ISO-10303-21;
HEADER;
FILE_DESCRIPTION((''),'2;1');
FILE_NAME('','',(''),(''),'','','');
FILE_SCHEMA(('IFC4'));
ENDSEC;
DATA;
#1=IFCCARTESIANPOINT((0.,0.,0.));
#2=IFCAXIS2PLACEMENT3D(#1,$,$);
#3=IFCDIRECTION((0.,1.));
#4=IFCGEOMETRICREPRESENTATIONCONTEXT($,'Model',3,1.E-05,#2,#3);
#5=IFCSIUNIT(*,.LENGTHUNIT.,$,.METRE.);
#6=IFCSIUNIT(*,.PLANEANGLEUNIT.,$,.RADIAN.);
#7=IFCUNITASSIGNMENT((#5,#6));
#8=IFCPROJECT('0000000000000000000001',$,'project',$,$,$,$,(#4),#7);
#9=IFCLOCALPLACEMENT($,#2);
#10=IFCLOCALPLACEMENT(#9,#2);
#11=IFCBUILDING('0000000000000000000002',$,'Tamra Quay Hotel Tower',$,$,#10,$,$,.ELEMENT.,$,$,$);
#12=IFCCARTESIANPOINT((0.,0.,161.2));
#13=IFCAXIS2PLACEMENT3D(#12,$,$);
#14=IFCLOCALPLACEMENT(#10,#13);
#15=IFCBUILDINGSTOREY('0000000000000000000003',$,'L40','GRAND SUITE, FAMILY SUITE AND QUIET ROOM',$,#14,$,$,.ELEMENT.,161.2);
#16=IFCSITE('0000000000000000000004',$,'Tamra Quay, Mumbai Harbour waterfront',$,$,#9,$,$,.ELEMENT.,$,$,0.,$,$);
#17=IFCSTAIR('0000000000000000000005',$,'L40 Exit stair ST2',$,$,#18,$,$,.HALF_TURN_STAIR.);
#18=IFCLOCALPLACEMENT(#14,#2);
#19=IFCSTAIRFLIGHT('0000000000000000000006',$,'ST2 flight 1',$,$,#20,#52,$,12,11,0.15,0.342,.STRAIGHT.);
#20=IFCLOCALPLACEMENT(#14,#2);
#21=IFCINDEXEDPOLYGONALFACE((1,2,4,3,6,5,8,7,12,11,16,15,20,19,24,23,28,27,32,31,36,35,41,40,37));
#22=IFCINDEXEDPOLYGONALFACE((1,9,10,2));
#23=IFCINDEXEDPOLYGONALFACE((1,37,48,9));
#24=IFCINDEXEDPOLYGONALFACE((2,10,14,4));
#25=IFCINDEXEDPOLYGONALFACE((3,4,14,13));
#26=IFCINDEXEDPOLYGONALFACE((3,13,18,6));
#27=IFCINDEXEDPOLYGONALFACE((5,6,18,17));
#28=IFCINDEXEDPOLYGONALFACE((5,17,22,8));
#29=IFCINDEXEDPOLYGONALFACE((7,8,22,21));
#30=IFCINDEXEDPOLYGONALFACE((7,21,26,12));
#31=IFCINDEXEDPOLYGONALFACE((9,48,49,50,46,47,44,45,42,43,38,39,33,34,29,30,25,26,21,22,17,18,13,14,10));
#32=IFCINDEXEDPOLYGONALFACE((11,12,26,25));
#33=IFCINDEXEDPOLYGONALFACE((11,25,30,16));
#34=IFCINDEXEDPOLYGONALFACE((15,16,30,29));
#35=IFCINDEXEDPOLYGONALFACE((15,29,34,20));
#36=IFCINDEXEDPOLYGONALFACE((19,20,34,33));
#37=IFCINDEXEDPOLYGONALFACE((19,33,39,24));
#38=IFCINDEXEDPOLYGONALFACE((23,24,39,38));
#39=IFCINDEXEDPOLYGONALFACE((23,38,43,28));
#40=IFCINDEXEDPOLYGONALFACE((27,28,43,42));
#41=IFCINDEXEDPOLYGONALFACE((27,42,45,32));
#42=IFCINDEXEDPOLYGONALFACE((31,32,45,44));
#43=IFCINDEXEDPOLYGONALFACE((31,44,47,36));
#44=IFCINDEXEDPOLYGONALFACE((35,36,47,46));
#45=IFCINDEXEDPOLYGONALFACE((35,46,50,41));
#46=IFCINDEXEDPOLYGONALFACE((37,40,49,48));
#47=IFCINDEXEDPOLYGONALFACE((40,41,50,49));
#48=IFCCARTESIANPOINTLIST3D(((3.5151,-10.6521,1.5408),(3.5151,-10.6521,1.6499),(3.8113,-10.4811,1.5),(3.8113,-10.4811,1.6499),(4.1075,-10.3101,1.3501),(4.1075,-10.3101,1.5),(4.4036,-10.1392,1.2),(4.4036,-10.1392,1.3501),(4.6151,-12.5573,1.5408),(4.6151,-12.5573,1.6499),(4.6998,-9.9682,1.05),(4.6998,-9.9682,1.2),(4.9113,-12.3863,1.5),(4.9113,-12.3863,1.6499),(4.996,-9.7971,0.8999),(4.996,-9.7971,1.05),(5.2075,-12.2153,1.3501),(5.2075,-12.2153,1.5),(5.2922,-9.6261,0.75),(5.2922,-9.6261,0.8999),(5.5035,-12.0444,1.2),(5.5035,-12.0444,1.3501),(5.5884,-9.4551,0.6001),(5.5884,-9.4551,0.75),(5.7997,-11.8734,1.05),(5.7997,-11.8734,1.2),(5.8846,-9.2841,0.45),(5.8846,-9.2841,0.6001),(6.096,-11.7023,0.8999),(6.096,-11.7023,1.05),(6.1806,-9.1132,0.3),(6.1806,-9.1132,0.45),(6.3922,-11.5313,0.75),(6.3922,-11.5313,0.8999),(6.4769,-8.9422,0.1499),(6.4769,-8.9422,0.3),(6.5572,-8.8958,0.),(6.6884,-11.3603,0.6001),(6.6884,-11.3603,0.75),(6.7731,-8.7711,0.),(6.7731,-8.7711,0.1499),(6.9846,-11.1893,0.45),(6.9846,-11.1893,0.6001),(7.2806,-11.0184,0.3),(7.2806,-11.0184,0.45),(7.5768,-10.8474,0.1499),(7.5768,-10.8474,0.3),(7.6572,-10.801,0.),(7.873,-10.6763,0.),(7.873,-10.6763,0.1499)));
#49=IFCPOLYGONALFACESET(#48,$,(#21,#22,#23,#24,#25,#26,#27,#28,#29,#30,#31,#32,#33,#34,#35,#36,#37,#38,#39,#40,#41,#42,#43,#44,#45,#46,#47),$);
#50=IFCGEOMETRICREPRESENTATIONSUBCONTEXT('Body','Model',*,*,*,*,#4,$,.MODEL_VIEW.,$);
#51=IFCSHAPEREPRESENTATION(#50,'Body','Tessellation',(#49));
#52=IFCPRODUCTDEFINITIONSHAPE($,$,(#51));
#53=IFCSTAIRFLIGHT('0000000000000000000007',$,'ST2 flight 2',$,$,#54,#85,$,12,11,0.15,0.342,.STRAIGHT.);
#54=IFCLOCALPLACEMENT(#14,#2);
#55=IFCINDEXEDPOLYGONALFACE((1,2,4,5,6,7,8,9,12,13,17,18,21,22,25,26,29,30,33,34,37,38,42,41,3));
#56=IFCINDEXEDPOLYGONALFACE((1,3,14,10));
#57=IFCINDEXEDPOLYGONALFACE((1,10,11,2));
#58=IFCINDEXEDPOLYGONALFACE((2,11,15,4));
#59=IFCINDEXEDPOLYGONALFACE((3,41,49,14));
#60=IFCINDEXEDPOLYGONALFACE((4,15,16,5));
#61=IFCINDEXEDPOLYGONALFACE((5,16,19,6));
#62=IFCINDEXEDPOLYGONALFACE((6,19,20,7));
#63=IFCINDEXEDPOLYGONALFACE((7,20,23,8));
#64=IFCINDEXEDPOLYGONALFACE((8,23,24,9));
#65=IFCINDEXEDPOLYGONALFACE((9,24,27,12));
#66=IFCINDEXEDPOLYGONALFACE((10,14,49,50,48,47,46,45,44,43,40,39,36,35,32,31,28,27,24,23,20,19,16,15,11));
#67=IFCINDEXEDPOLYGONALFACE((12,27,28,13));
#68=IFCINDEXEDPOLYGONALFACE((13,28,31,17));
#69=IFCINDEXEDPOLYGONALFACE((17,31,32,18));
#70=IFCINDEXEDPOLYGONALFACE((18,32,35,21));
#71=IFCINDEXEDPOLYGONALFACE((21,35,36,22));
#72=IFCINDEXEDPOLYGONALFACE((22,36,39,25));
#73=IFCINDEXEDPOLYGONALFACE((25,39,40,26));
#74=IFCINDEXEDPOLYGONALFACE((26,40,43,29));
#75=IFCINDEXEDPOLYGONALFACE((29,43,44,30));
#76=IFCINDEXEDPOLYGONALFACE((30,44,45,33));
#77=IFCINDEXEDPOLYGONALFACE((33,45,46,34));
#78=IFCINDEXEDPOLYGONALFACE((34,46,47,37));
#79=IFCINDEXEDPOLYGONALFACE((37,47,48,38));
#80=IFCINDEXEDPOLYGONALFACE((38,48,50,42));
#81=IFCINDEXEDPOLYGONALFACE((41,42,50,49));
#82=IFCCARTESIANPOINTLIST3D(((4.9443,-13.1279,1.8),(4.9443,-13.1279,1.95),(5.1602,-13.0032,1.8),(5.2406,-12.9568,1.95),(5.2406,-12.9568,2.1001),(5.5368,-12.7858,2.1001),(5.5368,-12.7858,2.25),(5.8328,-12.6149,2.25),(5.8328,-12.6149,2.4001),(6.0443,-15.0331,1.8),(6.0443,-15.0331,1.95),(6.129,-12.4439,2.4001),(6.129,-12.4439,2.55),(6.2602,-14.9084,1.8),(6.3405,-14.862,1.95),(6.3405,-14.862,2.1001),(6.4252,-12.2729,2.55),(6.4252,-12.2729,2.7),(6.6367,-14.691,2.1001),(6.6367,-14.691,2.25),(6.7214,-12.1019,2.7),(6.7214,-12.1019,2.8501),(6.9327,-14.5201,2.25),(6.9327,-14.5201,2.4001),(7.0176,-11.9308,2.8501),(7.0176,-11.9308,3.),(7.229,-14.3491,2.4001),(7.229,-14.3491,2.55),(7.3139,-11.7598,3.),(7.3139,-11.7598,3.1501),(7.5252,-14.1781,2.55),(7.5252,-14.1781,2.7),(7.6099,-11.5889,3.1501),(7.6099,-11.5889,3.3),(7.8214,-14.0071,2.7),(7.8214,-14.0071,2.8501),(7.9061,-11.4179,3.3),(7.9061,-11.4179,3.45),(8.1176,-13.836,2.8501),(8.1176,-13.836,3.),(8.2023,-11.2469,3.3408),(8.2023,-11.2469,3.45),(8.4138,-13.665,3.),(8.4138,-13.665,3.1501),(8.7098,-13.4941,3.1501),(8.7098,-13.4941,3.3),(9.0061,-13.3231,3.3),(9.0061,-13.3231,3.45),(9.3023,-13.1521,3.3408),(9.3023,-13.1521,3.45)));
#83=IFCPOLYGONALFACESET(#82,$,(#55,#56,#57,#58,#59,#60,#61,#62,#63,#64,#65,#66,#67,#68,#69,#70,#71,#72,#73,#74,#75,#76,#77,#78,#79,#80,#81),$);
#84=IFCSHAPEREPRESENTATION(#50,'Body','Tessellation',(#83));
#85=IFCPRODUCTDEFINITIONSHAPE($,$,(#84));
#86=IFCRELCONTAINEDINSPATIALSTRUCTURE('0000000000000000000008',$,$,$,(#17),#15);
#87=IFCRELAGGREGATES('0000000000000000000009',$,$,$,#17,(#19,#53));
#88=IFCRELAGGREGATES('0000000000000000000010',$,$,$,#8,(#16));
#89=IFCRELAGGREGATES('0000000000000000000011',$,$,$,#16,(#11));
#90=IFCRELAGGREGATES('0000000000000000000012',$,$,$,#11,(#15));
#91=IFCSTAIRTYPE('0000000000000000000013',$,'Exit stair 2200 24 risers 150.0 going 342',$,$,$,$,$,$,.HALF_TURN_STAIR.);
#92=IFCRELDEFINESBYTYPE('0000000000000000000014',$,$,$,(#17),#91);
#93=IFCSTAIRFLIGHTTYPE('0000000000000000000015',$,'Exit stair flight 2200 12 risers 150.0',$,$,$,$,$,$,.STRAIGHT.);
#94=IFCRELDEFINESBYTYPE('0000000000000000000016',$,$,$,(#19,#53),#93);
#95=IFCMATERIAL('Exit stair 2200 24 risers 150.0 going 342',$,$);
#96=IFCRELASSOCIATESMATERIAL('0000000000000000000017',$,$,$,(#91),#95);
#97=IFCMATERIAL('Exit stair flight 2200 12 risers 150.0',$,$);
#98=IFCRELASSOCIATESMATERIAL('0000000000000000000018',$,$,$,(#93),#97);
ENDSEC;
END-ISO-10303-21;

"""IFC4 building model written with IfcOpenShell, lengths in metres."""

from ifc_helpers import new_model, si_unit, direction, frame, origin, place, context, subcontext, project, spatial, polyline, outline, extrude, material, type_object, element, aggregate, save


model = new_model("IFC4")

# Units and contexts
model_context = context("Model", 3, precision=1e-05, world=origin(), true_north=direction((0.0, 1.0)))
body_context = subcontext(model_context, "Body", "Model", "MODEL_VIEW")
ifc_project = project(units=[si_unit("LENGTHUNIT", "METRE"), si_unit("PLANEANGLEUNIT", "RADIAN")], contexts=[model_context])

# Site, building, storey
site_placement = place(None, origin())
site = spatial("IfcSite", under=ifc_project, at=site_placement, Name="Tamra Quay, Mumbai Harbour waterfront", CompositionType="ELEMENT", RefElevation=0.0)
building_placement = place(site_placement, origin())
building = spatial("IfcBuilding", under=site, at=building_placement, Name="Tamra Quay Hotel Tower", CompositionType="ELEMENT")
storey_placement = place(building_placement, frame((0.0, 0.0, 161.2)))
storey = spatial("IfcBuildingStorey", under=building, at=storey_placement, Name="L40", Description="GRAND SUITE, FAMILY SUITE AND QUIET ROOM", CompositionType="ELEMENT", Elevation=161.2)

# Stair, stair flights
ifc_material_1 = material(Name="Exit stair 2200 24 risers 150.0 going 342")
stair_type = type_object("IfcStairType", Name="Exit stair 2200 24 risers 150.0 going 342", PredefinedType="HALF_TURN_STAIR", material=ifc_material_1)
stair_placement = place(storey_placement, origin())
stair = element("IfcStair", 1, at=stair_placement, inside=storey, type_object=stair_type, Name="L40 Exit stair ST2", PredefinedType="HALF_TURN_STAIR")
ifc_material_2 = material(Name="Exit stair flight 2200 12 risers 150.0")
stair_flight_type = type_object("IfcStairFlightType", Name="Exit stair flight 2200 12 risers 150.0", PredefinedType="STRAIGHT", material=ifc_material_2)
stair_flight_1_placement = place(storey_placement, frame((7.323, -9.7236, 0.0), z_axis=(0.0, 0.0, 1.0), x_axis=(-0.866025, -0.5, 0.0)))
stair_flight_1 = element("IfcStairFlight", 2, at=stair_flight_1_placement, type_object=stair_flight_type, Name="ST2 flight 1", NumberOfRisers=12, NumberOfTreads=11, PredefinedType="STRAIGHT", RiserHeight=0.15, TreadLength=0.342, context=body_context, shape_type="SweptSolid", body=[
    extrude(outline(polyline([(0.0, 0.0), (0.0, 0.1499), (0.342, 0.1499), (0.342, 0.3), (0.6841, 0.3), (0.6841, 0.45), (1.0259, 0.45), (1.0259, 0.6001), (1.3679, 0.6001), (1.3679, 0.75), (1.71, 0.75), (1.71, 0.8999), (2.052, 0.8999), (2.052, 1.05), (2.394, 1.05), (2.394, 1.2), (2.7361, 1.2), (2.7361, 1.3501), (3.0779, 1.3501), (3.0779, 1.5), (3.4199, 1.5), (3.4199, 1.6499), (3.762, 1.6499), (3.762, 1.8), (3.762, 1.5408), (0.2493, 0.0), (0.0, 0.0)])), frame((0.0, 1.1001, 0.0), z_axis=(0.0, -1.0, 0.0), x_axis=(1.0, 0.0, 0.0)), (0.0, 0.0, 1.0), 2.2),
])
stair_flight_2_placement = place(storey_placement, frame((5.4944, -14.0806, 1.8), z_axis=(0.0, 0.0, 1.0), x_axis=(0.866025, 0.5, 0.0)))
stair_flight_2 = element("IfcStairFlight", 3, at=stair_flight_2_placement, type_object=stair_flight_type, Name="ST2 flight 2", NumberOfRisers=12, NumberOfTreads=11, PredefinedType="STRAIGHT", RiserHeight=0.15, TreadLength=0.342, context=body_context, shape_type="SweptSolid", body=[
    extrude(outline(polyline([(0.0, 0.0), (0.0, 0.1499), (0.342, 0.1499), (0.342, 0.3), (0.6841, 0.3), (0.6841, 0.45), (1.0259, 0.45), (1.0259, 0.6001), (1.3679, 0.6001), (1.3679, 0.75), (1.71, 0.75), (1.71, 0.8999), (2.052, 0.8999), (2.052, 1.05), (2.394, 1.05), (2.394, 1.2), (2.7361, 1.2), (2.7361, 1.3501), (3.0779, 1.3501), (3.0779, 1.5), (3.4199, 1.5), (3.4199, 1.6499), (3.762, 1.6499), (3.762, 1.8), (3.762, 1.5408), (0.2493, 0.0), (0.0, 0.0)])), frame((0.0, 1.1001, 0.0), z_axis=(0.0, -1.0, 0.0), x_axis=(1.0, 0.0, 0.0)), (0.0, 0.0, 1.0), 2.2),
])
aggregate(stair, [stair_flight_1, stair_flight_2])

save(model, "model.ifc")
